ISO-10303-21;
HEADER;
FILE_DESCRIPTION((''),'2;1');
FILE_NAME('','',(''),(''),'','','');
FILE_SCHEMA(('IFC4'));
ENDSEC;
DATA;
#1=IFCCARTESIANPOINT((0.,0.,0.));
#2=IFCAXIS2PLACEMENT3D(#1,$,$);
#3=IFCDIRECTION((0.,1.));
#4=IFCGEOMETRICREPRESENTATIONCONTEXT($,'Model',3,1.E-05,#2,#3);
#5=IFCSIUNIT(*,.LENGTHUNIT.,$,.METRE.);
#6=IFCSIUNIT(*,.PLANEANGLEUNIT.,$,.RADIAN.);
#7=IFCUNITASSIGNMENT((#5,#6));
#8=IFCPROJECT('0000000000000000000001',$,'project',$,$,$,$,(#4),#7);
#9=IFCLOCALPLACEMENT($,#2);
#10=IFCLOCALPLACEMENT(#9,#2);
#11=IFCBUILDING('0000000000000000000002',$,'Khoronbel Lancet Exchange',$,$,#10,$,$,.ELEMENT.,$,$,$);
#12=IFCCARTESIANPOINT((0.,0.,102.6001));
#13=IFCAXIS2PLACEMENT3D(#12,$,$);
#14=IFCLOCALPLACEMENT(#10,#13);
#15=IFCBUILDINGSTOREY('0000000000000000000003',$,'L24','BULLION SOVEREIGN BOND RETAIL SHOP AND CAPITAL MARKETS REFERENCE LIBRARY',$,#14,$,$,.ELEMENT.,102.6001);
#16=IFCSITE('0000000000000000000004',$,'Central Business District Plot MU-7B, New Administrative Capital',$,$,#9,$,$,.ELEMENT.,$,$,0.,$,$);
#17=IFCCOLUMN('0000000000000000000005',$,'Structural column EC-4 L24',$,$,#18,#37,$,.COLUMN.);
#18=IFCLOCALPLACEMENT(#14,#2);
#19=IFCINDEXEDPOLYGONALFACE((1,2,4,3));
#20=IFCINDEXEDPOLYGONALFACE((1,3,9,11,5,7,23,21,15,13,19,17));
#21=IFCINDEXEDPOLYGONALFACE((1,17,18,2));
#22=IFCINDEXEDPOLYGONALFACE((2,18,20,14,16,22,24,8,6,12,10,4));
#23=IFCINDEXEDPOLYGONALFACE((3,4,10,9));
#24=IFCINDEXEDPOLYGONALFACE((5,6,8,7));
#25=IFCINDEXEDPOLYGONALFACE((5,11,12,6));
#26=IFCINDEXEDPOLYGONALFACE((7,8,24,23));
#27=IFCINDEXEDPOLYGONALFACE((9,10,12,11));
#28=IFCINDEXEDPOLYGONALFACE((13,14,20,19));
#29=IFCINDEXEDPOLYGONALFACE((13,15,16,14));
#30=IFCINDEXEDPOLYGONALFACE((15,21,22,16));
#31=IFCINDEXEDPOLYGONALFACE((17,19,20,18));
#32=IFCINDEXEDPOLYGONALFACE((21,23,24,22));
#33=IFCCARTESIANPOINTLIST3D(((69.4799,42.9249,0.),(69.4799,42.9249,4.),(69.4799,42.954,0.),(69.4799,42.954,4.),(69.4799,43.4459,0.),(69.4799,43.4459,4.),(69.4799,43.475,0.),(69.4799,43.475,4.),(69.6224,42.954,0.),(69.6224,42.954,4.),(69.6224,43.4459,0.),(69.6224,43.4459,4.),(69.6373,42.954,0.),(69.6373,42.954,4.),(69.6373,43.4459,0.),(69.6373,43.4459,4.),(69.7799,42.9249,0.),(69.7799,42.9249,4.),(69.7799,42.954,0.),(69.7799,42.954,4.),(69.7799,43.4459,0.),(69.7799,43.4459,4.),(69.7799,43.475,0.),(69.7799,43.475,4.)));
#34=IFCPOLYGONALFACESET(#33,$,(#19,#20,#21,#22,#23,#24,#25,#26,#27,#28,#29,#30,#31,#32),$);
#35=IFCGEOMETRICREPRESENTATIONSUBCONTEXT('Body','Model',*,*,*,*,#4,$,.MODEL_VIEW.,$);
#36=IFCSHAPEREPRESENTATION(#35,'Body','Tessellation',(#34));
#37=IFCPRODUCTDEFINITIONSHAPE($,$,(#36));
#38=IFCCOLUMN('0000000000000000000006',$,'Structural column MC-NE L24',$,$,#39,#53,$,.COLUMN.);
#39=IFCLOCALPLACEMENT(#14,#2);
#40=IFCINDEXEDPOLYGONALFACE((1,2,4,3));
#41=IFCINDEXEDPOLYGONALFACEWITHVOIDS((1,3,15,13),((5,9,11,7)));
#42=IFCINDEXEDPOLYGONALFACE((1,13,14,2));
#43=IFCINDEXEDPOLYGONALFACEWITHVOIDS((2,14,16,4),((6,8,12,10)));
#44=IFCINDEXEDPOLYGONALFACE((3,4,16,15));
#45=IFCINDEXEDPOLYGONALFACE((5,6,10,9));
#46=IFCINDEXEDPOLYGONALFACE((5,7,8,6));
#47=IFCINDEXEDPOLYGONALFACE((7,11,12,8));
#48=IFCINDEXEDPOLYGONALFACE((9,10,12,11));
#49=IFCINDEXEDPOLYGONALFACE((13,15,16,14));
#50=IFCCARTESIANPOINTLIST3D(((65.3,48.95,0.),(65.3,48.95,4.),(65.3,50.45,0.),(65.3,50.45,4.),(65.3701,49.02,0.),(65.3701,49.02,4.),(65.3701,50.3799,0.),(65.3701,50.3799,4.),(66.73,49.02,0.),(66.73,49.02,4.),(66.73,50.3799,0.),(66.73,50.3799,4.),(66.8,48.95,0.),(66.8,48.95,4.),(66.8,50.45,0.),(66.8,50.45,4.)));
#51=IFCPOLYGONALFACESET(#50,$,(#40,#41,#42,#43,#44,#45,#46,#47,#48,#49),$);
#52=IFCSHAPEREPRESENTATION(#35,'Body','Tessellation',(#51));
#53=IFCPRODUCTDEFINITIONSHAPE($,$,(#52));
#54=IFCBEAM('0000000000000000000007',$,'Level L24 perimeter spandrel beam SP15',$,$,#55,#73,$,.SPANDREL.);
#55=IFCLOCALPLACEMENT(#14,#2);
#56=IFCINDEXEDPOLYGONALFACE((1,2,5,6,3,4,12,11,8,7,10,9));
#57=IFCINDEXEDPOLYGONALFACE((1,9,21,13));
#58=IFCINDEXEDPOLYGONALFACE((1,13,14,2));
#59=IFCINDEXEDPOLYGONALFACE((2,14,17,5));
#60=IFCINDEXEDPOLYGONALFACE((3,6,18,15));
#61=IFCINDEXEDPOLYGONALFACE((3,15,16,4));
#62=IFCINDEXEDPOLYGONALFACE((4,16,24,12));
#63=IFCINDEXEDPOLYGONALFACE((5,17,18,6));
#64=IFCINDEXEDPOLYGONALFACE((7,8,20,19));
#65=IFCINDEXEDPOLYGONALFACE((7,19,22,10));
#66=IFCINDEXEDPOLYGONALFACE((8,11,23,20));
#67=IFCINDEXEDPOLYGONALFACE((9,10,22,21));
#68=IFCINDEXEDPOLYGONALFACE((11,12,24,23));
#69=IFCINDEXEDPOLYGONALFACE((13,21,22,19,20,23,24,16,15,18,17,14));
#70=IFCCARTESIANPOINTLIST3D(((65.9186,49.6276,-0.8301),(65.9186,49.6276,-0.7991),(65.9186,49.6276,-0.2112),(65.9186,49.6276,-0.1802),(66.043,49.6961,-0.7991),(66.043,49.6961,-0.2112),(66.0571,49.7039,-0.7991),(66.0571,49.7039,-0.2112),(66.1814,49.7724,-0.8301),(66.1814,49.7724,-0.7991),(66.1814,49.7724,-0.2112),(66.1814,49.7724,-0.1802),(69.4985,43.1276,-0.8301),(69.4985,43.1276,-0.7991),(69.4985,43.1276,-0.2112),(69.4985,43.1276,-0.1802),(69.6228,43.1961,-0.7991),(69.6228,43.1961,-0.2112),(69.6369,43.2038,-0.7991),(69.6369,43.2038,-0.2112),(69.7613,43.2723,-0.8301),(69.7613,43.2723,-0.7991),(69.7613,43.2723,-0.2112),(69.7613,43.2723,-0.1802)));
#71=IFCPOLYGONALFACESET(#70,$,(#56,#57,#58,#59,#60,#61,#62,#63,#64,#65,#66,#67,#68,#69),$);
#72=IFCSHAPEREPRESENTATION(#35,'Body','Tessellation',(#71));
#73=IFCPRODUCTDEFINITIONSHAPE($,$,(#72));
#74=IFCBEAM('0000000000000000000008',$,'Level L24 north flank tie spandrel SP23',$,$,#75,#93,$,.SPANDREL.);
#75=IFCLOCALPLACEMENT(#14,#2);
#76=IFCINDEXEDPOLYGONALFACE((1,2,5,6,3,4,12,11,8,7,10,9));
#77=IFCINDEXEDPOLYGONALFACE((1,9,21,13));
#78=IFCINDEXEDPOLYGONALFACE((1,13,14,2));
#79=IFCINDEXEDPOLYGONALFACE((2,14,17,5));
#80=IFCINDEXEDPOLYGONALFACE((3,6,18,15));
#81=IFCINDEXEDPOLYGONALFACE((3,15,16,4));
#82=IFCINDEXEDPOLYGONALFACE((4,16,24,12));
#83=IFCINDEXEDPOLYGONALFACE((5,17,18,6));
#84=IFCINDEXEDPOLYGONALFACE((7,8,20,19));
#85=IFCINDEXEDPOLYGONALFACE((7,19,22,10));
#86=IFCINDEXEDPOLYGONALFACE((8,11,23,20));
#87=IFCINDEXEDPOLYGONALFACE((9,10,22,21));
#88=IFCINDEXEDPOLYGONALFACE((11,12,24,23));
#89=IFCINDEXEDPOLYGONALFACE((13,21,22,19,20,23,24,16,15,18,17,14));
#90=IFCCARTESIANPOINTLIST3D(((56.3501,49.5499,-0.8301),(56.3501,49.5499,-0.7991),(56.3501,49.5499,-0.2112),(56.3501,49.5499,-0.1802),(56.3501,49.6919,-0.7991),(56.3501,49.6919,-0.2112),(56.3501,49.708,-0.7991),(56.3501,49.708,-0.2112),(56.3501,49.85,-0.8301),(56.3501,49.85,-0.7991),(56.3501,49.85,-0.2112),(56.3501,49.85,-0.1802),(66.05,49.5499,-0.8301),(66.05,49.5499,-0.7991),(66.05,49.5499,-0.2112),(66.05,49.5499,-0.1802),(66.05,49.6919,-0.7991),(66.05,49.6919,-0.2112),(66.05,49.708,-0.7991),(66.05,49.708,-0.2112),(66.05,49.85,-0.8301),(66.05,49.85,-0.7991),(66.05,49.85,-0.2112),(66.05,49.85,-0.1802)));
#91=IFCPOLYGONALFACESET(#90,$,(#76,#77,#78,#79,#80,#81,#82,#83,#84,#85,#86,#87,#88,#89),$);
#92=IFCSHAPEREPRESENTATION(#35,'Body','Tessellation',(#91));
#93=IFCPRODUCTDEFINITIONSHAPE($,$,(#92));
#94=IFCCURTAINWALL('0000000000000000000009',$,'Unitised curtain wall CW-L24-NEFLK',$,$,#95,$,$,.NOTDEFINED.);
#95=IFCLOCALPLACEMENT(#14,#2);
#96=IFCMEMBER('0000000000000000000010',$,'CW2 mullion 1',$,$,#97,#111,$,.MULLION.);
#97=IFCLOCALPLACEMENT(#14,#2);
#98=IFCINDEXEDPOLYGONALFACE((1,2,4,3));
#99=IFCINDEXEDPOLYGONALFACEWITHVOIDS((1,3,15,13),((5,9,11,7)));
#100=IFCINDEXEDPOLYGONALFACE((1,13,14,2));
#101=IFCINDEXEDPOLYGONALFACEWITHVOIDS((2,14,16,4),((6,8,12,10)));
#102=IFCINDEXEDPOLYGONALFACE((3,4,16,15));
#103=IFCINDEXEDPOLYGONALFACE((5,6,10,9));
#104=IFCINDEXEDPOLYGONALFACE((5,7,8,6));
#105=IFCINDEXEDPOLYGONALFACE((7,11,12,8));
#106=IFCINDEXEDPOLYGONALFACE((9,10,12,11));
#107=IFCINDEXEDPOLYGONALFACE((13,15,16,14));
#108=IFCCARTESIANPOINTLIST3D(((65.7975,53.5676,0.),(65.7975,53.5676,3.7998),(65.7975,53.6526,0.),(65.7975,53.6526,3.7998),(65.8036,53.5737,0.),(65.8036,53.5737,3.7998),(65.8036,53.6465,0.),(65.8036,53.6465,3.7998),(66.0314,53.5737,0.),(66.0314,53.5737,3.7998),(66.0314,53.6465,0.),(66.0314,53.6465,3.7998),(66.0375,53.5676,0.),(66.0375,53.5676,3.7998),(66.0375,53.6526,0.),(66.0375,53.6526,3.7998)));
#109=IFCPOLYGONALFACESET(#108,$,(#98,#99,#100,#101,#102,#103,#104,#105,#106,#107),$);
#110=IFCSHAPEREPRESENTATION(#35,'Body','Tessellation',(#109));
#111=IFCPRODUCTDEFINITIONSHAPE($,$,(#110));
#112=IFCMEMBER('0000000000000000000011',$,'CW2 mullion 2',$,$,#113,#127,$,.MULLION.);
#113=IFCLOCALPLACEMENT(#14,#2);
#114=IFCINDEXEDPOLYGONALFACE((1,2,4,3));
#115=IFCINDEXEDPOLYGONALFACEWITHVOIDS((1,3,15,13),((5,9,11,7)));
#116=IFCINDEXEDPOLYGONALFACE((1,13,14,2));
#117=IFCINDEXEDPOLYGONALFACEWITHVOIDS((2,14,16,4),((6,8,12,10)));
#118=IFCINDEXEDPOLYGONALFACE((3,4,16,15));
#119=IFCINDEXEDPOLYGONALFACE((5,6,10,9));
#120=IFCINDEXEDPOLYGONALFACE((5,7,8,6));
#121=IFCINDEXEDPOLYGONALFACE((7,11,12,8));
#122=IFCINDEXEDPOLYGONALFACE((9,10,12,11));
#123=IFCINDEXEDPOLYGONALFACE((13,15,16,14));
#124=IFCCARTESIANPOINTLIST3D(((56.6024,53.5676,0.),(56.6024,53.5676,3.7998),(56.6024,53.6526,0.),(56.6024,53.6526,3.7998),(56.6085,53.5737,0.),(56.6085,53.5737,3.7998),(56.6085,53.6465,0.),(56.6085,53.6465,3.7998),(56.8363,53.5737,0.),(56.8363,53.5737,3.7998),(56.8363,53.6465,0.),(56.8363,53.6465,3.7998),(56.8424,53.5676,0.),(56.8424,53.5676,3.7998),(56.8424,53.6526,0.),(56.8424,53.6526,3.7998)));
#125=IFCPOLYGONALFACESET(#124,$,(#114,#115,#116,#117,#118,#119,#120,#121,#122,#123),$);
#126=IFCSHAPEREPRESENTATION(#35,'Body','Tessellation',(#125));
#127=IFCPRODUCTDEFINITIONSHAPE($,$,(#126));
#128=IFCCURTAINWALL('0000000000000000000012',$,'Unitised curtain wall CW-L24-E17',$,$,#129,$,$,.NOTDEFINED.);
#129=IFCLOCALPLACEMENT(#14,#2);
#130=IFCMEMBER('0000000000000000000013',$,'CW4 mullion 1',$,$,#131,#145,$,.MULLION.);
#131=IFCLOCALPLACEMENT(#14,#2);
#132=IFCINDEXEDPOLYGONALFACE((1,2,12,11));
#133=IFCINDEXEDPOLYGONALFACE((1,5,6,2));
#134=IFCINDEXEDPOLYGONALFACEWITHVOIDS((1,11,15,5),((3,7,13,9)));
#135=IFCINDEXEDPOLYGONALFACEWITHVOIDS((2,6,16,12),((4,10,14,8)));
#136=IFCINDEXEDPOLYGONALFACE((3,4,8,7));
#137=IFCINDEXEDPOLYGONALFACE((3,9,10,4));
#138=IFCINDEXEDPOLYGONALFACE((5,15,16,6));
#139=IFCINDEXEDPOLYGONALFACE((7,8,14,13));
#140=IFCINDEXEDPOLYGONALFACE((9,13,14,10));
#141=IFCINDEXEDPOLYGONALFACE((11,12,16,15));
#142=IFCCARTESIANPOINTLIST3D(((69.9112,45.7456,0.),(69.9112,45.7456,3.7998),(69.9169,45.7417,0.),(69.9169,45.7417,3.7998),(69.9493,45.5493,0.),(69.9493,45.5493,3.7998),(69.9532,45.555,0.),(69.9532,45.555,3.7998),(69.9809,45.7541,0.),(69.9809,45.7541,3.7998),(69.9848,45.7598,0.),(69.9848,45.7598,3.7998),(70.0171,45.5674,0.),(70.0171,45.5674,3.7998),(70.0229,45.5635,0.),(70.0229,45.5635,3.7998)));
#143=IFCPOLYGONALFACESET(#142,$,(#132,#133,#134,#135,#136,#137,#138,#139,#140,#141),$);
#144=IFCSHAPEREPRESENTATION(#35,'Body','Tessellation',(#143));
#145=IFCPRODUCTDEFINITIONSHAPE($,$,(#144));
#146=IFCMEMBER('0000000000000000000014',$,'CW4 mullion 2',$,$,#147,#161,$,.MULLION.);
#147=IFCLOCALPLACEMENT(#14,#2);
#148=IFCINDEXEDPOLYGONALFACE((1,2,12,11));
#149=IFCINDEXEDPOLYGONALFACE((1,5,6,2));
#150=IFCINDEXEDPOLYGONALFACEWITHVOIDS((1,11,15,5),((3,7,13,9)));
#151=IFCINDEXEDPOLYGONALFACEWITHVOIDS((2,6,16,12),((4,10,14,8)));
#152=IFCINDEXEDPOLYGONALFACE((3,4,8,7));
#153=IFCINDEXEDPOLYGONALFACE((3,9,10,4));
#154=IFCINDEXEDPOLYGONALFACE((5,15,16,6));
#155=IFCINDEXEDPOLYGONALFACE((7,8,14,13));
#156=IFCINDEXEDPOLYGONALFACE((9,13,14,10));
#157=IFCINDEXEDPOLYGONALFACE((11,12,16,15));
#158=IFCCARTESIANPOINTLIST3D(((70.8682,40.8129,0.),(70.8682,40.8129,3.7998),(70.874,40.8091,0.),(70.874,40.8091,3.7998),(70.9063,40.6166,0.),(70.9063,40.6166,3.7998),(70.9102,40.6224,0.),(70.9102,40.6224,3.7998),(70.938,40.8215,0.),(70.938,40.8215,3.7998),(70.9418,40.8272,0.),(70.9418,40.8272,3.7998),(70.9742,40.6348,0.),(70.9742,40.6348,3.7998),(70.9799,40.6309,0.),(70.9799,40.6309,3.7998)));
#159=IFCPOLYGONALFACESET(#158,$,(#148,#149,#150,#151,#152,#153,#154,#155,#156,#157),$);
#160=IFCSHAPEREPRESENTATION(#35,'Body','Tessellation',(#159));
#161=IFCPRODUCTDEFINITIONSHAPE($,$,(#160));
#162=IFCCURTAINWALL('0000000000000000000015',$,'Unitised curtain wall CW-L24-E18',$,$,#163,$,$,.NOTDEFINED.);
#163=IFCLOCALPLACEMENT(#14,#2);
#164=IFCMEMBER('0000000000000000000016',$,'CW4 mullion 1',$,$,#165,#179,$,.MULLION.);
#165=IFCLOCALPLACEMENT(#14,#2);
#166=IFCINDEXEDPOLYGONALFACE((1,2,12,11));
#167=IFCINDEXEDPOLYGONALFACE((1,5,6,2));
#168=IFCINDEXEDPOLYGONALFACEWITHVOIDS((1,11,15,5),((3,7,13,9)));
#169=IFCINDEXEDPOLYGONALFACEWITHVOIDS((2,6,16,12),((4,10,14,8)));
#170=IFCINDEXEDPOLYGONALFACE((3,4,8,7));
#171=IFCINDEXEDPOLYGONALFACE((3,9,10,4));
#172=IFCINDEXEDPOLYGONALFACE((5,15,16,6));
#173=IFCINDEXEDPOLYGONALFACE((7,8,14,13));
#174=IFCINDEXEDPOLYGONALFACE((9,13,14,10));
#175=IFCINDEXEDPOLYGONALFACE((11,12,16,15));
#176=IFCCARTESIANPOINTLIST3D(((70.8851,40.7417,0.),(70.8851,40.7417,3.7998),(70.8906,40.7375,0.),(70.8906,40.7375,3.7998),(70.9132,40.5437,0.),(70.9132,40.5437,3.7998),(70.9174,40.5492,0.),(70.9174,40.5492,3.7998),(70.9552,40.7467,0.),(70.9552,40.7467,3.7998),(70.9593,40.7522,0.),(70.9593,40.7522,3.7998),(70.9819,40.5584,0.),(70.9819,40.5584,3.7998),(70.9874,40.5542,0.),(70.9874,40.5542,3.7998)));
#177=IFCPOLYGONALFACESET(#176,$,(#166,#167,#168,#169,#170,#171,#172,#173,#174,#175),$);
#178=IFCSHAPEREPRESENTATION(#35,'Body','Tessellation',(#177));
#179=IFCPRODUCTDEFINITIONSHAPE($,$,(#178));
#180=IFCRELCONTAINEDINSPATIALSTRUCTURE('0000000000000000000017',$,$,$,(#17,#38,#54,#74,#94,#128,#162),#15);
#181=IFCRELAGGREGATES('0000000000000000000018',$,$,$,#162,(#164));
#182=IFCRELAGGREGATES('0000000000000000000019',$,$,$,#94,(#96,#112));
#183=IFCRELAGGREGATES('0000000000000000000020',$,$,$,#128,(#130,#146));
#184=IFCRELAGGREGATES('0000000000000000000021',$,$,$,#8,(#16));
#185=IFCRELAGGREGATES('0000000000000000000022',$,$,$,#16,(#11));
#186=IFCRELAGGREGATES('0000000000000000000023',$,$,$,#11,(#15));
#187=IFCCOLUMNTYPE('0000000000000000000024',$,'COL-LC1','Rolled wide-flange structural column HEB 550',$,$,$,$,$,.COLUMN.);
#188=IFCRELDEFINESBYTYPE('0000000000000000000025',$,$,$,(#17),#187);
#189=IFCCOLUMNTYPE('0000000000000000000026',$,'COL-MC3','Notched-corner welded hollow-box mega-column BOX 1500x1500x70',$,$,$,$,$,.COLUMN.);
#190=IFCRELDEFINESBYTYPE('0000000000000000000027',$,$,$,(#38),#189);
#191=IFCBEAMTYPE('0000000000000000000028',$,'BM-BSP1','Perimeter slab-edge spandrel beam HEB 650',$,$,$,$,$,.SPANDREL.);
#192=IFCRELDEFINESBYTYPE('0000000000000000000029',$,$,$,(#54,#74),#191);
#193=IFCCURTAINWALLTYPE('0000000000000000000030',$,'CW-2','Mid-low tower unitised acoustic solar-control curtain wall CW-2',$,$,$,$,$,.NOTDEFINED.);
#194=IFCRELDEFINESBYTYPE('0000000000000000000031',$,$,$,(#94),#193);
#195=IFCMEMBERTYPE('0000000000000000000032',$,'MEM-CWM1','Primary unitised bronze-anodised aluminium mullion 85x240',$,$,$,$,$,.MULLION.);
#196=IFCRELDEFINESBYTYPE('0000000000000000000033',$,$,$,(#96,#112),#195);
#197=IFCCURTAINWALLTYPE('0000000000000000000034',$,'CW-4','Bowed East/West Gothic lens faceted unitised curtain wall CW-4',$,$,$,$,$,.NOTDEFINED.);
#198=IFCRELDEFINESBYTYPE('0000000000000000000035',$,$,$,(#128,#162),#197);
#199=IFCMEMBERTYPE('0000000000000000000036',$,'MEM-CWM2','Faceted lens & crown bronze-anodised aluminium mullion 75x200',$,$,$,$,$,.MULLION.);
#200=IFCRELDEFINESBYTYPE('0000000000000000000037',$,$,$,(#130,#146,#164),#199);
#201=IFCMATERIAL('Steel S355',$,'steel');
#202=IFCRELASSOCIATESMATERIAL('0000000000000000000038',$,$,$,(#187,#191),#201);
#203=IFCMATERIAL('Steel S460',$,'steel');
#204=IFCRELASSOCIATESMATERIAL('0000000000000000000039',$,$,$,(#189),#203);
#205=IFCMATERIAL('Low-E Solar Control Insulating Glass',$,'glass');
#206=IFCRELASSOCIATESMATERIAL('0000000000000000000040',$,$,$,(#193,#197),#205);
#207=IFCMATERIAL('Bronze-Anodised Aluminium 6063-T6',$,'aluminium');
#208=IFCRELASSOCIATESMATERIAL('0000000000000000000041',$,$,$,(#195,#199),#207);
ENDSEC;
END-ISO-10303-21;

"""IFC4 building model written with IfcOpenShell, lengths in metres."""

from ifc_helpers import new_model, si_unit, direction, frame, origin, origin_2d, place, context, subcontext, project, spatial, hollow_rectangle, i_section, extrude, material, material_profile, profile_set, type_object, element, aggregate, save


model = new_model("IFC4")

# Units and contexts
model_context = context("Model", 3, precision=1e-05, world=origin(), true_north=direction((0.0, 1.0)))
body_context = subcontext(model_context, "Body", "Model", "MODEL_VIEW")
ifc_project = project(units=[si_unit("LENGTHUNIT", "METRE"), si_unit("PLANEANGLEUNIT", "RADIAN")], contexts=[model_context])

# Site, building, storey
site_placement = place(None, origin())
site = spatial("IfcSite", under=ifc_project, at=site_placement, Name="Central Business District Plot MU-7B, New Administrative Capital", CompositionType="ELEMENT", RefElevation=0.0)
building_placement = place(site_placement, origin())
building = spatial("IfcBuilding", under=site, at=building_placement, Name="Khoronbel Lancet Exchange", CompositionType="ELEMENT")
storey_placement = place(building_placement, frame((0.0, 0.0, 102.6001)))
storey = spatial("IfcBuildingStorey", under=building, at=storey_placement, Name="L24", Description="BULLION SOVEREIGN BOND RETAIL SHOP AND CAPITAL MARKETS REFERENCE LIBRARY", CompositionType="ELEMENT", Elevation=102.6001)

# Columns
ifc_material_1 = material(Name="Steel S355", Category="steel")
ifc_material_profile_1 = material_profile(ifc_material_1, i_section(OverallWidth=0.3, OverallDepth=0.55, WebThickness=0.0149, FlangeThickness=0.0291, at=origin_2d()), Name="HEB 550")
ifc_profile_set_1 = profile_set([ifc_material_profile_1], Name="Steel S355")
column_type_1 = type_object("IfcColumnType", Name="COL-LC1", Description="Rolled wide-flange structural column HEB 550", PredefinedType="COLUMN", material=ifc_profile_set_1)
column_1_placement = place(storey_placement, frame((69.6299, 43.2, 0.0), z_axis=(0.0, 0.0, 1.0), x_axis=(1.0, 0.0, 0.0)))
element("IfcColumn", 1, at=column_1_placement, inside=storey, type_object=column_type_1, Name="Structural column EC-4 L24", PredefinedType="COLUMN", context=body_context, shape_type="SweptSolid", body=[
    extrude(i_section(OverallWidth=0.3, OverallDepth=0.55, WebThickness=0.0149, FlangeThickness=0.0291, at=origin_2d()), origin(), (0.0, 0.0, 1.0), 4.0),
])
ifc_material_2 = material(Name="Steel S460", Category="steel")
ifc_material_profile_2 = material_profile(ifc_material_2, hollow_rectangle(XDim=1.5, YDim=1.5, WallThickness=0.0701, at=origin_2d()), Name="BOX 1500x1500x70")
ifc_profile_set_2 = profile_set([ifc_material_profile_2], Name="Steel S460")
column_type_2 = type_object("IfcColumnType", Name="COL-MC3", Description="Notched-corner welded hollow-box mega-column BOX 1500x1500x70", PredefinedType="COLUMN", material=ifc_profile_set_2)
column_2_placement = place(storey_placement, frame((66.05, 49.7, 0.0), z_axis=(0.0, 0.0, 1.0), x_axis=(1.0, 0.0, 0.0)))
element("IfcColumn", 2, at=column_2_placement, inside=storey, type_object=column_type_2, Name="Structural column MC-NE L24", PredefinedType="COLUMN", context=body_context, shape_type="SweptSolid", body=[
    extrude(hollow_rectangle(XDim=1.5, YDim=1.5, WallThickness=0.0701, at=origin_2d()), origin(), (0.0, 0.0, 1.0), 4.0),
])

# Beams
ifc_material_profile_3 = material_profile(ifc_material_1, i_section(OverallWidth=0.3, OverallDepth=0.6499, WebThickness=0.0161, FlangeThickness=0.031, at=origin_2d()), Name="HEB 650")
ifc_profile_set_3 = profile_set([ifc_material_profile_3], Name="Steel S355")
beam_type = type_object("IfcBeamType", Name="BM-BSP1", Description="Perimeter slab-edge spandrel beam HEB 650", PredefinedType="SPANDREL", material=ifc_profile_set_3)
beam_1_placement = place(storey_placement, frame((69.6299, 43.2, -0.5051), z_axis=(-0.482419, 0.875941, 0.0), x_axis=(-0.875941, -0.482419, 0.0)))
element("IfcBeam", 3, at=beam_1_placement, inside=storey, type_object=beam_type, Name="Level L24 perimeter spandrel beam SP15", PredefinedType="SPANDREL", context=body_context, shape_type="SweptSolid", body=[
    extrude(i_section(OverallWidth=0.3, OverallDepth=0.6499, WebThickness=0.0161, FlangeThickness=0.031, at=origin_2d()), origin(), (0.0, 0.0, 1.0), 7.4207),
])
beam_2_placement = place(storey_placement, frame((66.05, 49.7, -0.5051), z_axis=(-1.0, 0.0, 0.0), x_axis=(0.0, -1.0, 0.0)))
element("IfcBeam", 4, at=beam_2_placement, inside=storey, type_object=beam_type, Name="Level L24 north flank tie spandrel SP23", PredefinedType="SPANDREL", context=body_context, shape_type="SweptSolid", body=[
    extrude(i_section(OverallWidth=0.3, OverallDepth=0.6499, WebThickness=0.0161, FlangeThickness=0.031, at=origin_2d()), origin(), (0.0, 0.0, 1.0), 9.7),
])

# Curtain walls, members
ifc_material_3 = material(Name="Low-E Solar Control Insulating Glass", Category="glass")
curtain_wall_type_1 = type_object("IfcCurtainWallType", Name="CW-2", Description="Mid-low tower unitised acoustic solar-control curtain wall CW-2", PredefinedType="NOTDEFINED", material=ifc_material_3)
curtain_wall_1_placement = place(storey_placement, origin())
curtain_wall_1 = element("IfcCurtainWall", 5, at=curtain_wall_1_placement, inside=storey, type_object=curtain_wall_type_1, Name="Unitised curtain wall CW-L24-NEFLK", PredefinedType="NOTDEFINED")
ifc_material_4 = material(Name="Bronze-Anodised Aluminium 6063-T6", Category="aluminium")
ifc_material_profile_4 = material_profile(ifc_material_4, hollow_rectangle(XDim=0.085, YDim=0.24, WallThickness=0.0061, at=origin_2d()), Name="ALU MULLION 85x240")
ifc_profile_set_4 = profile_set([ifc_material_profile_4], Name="Bronze-Anodised Aluminium 6063-T6")
member_type_1 = type_object("IfcMemberType", Name="MEM-CWM1", Description="Primary unitised bronze-anodised aluminium mullion 85x240", PredefinedType="MULLION", material=ifc_profile_set_4)
member_1_placement = place(storey_placement, frame((65.9175, 53.6101, 0.0), z_axis=(0.0, 0.0, 1.0), x_axis=(0.0, -1.0, 0.0)))
member_1 = element("IfcMember", 6, at=member_1_placement, type_object=member_type_1, Name="CW2 mullion 1", PredefinedType="MULLION", context=body_context, shape_type="SweptSolid", body=[
    extrude(hollow_rectangle(XDim=0.085, YDim=0.24, WallThickness=0.0061, at=origin_2d()), origin(), (0.0, 0.0, 1.0), 3.7998),
])
member_2_placement = place(storey_placement, frame((56.7224, 53.6101, 0.0), z_axis=(0.0, 0.0, 1.0), x_axis=(0.0, -1.0, 0.0)))
member_2 = element("IfcMember", 7, at=member_2_placement, type_object=member_type_1, Name="CW2 mullion 2", PredefinedType="MULLION", context=body_context, shape_type="SweptSolid", body=[
    extrude(hollow_rectangle(XDim=0.085, YDim=0.24, WallThickness=0.0061, at=origin_2d()), origin(), (0.0, 0.0, 1.0), 3.7998),
])
curtain_wall_type_2 = type_object("IfcCurtainWallType", Name="CW-4", Description="Bowed East/West Gothic lens faceted unitised curtain wall CW-4", PredefinedType="NOTDEFINED", material=ifc_material_3)
curtain_wall_2_placement = place(storey_placement, origin())
curtain_wall_2 = element("IfcCurtainWall", 8, at=curtain_wall_2_placement, inside=storey, type_object=curtain_wall_type_2, Name="Unitised curtain wall CW-L24-E17", PredefinedType="NOTDEFINED")
ifc_material_profile_5 = material_profile(ifc_material_4, hollow_rectangle(XDim=0.075, YDim=0.2, WallThickness=0.0049, at=origin_2d()), Name="ALU MULLION 75x200")
ifc_profile_set_5 = profile_set([ifc_material_profile_5], Name="Bronze-Anodised Aluminium 6063-T6")
member_type_2 = type_object("IfcMemberType", Name="MEM-CWM2", Description="Faceted lens & crown bronze-anodised aluminium mullion 75x200", PredefinedType="MULLION", material=ifc_profile_set_5)
member_3_placement = place(storey_placement, frame((69.967, 45.6545, 0.0), z_axis=(0.0, 0.0, 1.0), x_axis=(0.981702, 0.190426, 0.0)))
member_3 = element("IfcMember", 9, at=member_3_placement, type_object=member_type_2, Name="CW4 mullion 1", PredefinedType="MULLION", context=body_context, shape_type="SweptSolid", body=[
    extrude(hollow_rectangle(XDim=0.075, YDim=0.2, WallThickness=0.0049, at=origin_2d()), origin(), (0.0, 0.0, 1.0), 3.7998),
])
member_4_placement = place(storey_placement, frame((70.9241, 40.7219, 0.0), z_axis=(0.0, 0.0, 1.0), x_axis=(0.981702, 0.190426, 0.0)))
member_4 = element("IfcMember", 10, at=member_4_placement, type_object=member_type_2, Name="CW4 mullion 2", PredefinedType="MULLION", context=body_context, shape_type="SweptSolid", body=[
    extrude(hollow_rectangle(XDim=0.075, YDim=0.2, WallThickness=0.0049, at=origin_2d()), origin(), (0.0, 0.0, 1.0), 3.7998),
])

# Curtain wall, member
curtain_wall_3_placement = place(storey_placement, origin())
curtain_wall_3 = element("IfcCurtainWall", 11, at=curtain_wall_3_placement, inside=storey, type_object=curtain_wall_type_2, Name="Unitised curtain wall CW-L24-E18", PredefinedType="NOTDEFINED")
member_5_placement = place(storey_placement, frame((70.9363, 40.6479, 0.0), z_axis=(0.0, 0.0, 1.0), x_axis=(0.990066, 0.140605, 0.0)))
member_5 = element("IfcMember", 12, at=member_5_placement, type_object=member_type_2, Name="CW4 mullion 1", PredefinedType="MULLION", context=body_context, shape_type="SweptSolid", body=[
    extrude(hollow_rectangle(XDim=0.075, YDim=0.2, WallThickness=0.0049, at=origin_2d()), origin(), (0.0, 0.0, 1.0), 3.7998),
])

aggregate(curtain_wall_3, [member_5])

aggregate(curtain_wall_1, [member_1, member_2])
aggregate(curtain_wall_2, [member_3, member_4])

save(model, "model.ifc")
